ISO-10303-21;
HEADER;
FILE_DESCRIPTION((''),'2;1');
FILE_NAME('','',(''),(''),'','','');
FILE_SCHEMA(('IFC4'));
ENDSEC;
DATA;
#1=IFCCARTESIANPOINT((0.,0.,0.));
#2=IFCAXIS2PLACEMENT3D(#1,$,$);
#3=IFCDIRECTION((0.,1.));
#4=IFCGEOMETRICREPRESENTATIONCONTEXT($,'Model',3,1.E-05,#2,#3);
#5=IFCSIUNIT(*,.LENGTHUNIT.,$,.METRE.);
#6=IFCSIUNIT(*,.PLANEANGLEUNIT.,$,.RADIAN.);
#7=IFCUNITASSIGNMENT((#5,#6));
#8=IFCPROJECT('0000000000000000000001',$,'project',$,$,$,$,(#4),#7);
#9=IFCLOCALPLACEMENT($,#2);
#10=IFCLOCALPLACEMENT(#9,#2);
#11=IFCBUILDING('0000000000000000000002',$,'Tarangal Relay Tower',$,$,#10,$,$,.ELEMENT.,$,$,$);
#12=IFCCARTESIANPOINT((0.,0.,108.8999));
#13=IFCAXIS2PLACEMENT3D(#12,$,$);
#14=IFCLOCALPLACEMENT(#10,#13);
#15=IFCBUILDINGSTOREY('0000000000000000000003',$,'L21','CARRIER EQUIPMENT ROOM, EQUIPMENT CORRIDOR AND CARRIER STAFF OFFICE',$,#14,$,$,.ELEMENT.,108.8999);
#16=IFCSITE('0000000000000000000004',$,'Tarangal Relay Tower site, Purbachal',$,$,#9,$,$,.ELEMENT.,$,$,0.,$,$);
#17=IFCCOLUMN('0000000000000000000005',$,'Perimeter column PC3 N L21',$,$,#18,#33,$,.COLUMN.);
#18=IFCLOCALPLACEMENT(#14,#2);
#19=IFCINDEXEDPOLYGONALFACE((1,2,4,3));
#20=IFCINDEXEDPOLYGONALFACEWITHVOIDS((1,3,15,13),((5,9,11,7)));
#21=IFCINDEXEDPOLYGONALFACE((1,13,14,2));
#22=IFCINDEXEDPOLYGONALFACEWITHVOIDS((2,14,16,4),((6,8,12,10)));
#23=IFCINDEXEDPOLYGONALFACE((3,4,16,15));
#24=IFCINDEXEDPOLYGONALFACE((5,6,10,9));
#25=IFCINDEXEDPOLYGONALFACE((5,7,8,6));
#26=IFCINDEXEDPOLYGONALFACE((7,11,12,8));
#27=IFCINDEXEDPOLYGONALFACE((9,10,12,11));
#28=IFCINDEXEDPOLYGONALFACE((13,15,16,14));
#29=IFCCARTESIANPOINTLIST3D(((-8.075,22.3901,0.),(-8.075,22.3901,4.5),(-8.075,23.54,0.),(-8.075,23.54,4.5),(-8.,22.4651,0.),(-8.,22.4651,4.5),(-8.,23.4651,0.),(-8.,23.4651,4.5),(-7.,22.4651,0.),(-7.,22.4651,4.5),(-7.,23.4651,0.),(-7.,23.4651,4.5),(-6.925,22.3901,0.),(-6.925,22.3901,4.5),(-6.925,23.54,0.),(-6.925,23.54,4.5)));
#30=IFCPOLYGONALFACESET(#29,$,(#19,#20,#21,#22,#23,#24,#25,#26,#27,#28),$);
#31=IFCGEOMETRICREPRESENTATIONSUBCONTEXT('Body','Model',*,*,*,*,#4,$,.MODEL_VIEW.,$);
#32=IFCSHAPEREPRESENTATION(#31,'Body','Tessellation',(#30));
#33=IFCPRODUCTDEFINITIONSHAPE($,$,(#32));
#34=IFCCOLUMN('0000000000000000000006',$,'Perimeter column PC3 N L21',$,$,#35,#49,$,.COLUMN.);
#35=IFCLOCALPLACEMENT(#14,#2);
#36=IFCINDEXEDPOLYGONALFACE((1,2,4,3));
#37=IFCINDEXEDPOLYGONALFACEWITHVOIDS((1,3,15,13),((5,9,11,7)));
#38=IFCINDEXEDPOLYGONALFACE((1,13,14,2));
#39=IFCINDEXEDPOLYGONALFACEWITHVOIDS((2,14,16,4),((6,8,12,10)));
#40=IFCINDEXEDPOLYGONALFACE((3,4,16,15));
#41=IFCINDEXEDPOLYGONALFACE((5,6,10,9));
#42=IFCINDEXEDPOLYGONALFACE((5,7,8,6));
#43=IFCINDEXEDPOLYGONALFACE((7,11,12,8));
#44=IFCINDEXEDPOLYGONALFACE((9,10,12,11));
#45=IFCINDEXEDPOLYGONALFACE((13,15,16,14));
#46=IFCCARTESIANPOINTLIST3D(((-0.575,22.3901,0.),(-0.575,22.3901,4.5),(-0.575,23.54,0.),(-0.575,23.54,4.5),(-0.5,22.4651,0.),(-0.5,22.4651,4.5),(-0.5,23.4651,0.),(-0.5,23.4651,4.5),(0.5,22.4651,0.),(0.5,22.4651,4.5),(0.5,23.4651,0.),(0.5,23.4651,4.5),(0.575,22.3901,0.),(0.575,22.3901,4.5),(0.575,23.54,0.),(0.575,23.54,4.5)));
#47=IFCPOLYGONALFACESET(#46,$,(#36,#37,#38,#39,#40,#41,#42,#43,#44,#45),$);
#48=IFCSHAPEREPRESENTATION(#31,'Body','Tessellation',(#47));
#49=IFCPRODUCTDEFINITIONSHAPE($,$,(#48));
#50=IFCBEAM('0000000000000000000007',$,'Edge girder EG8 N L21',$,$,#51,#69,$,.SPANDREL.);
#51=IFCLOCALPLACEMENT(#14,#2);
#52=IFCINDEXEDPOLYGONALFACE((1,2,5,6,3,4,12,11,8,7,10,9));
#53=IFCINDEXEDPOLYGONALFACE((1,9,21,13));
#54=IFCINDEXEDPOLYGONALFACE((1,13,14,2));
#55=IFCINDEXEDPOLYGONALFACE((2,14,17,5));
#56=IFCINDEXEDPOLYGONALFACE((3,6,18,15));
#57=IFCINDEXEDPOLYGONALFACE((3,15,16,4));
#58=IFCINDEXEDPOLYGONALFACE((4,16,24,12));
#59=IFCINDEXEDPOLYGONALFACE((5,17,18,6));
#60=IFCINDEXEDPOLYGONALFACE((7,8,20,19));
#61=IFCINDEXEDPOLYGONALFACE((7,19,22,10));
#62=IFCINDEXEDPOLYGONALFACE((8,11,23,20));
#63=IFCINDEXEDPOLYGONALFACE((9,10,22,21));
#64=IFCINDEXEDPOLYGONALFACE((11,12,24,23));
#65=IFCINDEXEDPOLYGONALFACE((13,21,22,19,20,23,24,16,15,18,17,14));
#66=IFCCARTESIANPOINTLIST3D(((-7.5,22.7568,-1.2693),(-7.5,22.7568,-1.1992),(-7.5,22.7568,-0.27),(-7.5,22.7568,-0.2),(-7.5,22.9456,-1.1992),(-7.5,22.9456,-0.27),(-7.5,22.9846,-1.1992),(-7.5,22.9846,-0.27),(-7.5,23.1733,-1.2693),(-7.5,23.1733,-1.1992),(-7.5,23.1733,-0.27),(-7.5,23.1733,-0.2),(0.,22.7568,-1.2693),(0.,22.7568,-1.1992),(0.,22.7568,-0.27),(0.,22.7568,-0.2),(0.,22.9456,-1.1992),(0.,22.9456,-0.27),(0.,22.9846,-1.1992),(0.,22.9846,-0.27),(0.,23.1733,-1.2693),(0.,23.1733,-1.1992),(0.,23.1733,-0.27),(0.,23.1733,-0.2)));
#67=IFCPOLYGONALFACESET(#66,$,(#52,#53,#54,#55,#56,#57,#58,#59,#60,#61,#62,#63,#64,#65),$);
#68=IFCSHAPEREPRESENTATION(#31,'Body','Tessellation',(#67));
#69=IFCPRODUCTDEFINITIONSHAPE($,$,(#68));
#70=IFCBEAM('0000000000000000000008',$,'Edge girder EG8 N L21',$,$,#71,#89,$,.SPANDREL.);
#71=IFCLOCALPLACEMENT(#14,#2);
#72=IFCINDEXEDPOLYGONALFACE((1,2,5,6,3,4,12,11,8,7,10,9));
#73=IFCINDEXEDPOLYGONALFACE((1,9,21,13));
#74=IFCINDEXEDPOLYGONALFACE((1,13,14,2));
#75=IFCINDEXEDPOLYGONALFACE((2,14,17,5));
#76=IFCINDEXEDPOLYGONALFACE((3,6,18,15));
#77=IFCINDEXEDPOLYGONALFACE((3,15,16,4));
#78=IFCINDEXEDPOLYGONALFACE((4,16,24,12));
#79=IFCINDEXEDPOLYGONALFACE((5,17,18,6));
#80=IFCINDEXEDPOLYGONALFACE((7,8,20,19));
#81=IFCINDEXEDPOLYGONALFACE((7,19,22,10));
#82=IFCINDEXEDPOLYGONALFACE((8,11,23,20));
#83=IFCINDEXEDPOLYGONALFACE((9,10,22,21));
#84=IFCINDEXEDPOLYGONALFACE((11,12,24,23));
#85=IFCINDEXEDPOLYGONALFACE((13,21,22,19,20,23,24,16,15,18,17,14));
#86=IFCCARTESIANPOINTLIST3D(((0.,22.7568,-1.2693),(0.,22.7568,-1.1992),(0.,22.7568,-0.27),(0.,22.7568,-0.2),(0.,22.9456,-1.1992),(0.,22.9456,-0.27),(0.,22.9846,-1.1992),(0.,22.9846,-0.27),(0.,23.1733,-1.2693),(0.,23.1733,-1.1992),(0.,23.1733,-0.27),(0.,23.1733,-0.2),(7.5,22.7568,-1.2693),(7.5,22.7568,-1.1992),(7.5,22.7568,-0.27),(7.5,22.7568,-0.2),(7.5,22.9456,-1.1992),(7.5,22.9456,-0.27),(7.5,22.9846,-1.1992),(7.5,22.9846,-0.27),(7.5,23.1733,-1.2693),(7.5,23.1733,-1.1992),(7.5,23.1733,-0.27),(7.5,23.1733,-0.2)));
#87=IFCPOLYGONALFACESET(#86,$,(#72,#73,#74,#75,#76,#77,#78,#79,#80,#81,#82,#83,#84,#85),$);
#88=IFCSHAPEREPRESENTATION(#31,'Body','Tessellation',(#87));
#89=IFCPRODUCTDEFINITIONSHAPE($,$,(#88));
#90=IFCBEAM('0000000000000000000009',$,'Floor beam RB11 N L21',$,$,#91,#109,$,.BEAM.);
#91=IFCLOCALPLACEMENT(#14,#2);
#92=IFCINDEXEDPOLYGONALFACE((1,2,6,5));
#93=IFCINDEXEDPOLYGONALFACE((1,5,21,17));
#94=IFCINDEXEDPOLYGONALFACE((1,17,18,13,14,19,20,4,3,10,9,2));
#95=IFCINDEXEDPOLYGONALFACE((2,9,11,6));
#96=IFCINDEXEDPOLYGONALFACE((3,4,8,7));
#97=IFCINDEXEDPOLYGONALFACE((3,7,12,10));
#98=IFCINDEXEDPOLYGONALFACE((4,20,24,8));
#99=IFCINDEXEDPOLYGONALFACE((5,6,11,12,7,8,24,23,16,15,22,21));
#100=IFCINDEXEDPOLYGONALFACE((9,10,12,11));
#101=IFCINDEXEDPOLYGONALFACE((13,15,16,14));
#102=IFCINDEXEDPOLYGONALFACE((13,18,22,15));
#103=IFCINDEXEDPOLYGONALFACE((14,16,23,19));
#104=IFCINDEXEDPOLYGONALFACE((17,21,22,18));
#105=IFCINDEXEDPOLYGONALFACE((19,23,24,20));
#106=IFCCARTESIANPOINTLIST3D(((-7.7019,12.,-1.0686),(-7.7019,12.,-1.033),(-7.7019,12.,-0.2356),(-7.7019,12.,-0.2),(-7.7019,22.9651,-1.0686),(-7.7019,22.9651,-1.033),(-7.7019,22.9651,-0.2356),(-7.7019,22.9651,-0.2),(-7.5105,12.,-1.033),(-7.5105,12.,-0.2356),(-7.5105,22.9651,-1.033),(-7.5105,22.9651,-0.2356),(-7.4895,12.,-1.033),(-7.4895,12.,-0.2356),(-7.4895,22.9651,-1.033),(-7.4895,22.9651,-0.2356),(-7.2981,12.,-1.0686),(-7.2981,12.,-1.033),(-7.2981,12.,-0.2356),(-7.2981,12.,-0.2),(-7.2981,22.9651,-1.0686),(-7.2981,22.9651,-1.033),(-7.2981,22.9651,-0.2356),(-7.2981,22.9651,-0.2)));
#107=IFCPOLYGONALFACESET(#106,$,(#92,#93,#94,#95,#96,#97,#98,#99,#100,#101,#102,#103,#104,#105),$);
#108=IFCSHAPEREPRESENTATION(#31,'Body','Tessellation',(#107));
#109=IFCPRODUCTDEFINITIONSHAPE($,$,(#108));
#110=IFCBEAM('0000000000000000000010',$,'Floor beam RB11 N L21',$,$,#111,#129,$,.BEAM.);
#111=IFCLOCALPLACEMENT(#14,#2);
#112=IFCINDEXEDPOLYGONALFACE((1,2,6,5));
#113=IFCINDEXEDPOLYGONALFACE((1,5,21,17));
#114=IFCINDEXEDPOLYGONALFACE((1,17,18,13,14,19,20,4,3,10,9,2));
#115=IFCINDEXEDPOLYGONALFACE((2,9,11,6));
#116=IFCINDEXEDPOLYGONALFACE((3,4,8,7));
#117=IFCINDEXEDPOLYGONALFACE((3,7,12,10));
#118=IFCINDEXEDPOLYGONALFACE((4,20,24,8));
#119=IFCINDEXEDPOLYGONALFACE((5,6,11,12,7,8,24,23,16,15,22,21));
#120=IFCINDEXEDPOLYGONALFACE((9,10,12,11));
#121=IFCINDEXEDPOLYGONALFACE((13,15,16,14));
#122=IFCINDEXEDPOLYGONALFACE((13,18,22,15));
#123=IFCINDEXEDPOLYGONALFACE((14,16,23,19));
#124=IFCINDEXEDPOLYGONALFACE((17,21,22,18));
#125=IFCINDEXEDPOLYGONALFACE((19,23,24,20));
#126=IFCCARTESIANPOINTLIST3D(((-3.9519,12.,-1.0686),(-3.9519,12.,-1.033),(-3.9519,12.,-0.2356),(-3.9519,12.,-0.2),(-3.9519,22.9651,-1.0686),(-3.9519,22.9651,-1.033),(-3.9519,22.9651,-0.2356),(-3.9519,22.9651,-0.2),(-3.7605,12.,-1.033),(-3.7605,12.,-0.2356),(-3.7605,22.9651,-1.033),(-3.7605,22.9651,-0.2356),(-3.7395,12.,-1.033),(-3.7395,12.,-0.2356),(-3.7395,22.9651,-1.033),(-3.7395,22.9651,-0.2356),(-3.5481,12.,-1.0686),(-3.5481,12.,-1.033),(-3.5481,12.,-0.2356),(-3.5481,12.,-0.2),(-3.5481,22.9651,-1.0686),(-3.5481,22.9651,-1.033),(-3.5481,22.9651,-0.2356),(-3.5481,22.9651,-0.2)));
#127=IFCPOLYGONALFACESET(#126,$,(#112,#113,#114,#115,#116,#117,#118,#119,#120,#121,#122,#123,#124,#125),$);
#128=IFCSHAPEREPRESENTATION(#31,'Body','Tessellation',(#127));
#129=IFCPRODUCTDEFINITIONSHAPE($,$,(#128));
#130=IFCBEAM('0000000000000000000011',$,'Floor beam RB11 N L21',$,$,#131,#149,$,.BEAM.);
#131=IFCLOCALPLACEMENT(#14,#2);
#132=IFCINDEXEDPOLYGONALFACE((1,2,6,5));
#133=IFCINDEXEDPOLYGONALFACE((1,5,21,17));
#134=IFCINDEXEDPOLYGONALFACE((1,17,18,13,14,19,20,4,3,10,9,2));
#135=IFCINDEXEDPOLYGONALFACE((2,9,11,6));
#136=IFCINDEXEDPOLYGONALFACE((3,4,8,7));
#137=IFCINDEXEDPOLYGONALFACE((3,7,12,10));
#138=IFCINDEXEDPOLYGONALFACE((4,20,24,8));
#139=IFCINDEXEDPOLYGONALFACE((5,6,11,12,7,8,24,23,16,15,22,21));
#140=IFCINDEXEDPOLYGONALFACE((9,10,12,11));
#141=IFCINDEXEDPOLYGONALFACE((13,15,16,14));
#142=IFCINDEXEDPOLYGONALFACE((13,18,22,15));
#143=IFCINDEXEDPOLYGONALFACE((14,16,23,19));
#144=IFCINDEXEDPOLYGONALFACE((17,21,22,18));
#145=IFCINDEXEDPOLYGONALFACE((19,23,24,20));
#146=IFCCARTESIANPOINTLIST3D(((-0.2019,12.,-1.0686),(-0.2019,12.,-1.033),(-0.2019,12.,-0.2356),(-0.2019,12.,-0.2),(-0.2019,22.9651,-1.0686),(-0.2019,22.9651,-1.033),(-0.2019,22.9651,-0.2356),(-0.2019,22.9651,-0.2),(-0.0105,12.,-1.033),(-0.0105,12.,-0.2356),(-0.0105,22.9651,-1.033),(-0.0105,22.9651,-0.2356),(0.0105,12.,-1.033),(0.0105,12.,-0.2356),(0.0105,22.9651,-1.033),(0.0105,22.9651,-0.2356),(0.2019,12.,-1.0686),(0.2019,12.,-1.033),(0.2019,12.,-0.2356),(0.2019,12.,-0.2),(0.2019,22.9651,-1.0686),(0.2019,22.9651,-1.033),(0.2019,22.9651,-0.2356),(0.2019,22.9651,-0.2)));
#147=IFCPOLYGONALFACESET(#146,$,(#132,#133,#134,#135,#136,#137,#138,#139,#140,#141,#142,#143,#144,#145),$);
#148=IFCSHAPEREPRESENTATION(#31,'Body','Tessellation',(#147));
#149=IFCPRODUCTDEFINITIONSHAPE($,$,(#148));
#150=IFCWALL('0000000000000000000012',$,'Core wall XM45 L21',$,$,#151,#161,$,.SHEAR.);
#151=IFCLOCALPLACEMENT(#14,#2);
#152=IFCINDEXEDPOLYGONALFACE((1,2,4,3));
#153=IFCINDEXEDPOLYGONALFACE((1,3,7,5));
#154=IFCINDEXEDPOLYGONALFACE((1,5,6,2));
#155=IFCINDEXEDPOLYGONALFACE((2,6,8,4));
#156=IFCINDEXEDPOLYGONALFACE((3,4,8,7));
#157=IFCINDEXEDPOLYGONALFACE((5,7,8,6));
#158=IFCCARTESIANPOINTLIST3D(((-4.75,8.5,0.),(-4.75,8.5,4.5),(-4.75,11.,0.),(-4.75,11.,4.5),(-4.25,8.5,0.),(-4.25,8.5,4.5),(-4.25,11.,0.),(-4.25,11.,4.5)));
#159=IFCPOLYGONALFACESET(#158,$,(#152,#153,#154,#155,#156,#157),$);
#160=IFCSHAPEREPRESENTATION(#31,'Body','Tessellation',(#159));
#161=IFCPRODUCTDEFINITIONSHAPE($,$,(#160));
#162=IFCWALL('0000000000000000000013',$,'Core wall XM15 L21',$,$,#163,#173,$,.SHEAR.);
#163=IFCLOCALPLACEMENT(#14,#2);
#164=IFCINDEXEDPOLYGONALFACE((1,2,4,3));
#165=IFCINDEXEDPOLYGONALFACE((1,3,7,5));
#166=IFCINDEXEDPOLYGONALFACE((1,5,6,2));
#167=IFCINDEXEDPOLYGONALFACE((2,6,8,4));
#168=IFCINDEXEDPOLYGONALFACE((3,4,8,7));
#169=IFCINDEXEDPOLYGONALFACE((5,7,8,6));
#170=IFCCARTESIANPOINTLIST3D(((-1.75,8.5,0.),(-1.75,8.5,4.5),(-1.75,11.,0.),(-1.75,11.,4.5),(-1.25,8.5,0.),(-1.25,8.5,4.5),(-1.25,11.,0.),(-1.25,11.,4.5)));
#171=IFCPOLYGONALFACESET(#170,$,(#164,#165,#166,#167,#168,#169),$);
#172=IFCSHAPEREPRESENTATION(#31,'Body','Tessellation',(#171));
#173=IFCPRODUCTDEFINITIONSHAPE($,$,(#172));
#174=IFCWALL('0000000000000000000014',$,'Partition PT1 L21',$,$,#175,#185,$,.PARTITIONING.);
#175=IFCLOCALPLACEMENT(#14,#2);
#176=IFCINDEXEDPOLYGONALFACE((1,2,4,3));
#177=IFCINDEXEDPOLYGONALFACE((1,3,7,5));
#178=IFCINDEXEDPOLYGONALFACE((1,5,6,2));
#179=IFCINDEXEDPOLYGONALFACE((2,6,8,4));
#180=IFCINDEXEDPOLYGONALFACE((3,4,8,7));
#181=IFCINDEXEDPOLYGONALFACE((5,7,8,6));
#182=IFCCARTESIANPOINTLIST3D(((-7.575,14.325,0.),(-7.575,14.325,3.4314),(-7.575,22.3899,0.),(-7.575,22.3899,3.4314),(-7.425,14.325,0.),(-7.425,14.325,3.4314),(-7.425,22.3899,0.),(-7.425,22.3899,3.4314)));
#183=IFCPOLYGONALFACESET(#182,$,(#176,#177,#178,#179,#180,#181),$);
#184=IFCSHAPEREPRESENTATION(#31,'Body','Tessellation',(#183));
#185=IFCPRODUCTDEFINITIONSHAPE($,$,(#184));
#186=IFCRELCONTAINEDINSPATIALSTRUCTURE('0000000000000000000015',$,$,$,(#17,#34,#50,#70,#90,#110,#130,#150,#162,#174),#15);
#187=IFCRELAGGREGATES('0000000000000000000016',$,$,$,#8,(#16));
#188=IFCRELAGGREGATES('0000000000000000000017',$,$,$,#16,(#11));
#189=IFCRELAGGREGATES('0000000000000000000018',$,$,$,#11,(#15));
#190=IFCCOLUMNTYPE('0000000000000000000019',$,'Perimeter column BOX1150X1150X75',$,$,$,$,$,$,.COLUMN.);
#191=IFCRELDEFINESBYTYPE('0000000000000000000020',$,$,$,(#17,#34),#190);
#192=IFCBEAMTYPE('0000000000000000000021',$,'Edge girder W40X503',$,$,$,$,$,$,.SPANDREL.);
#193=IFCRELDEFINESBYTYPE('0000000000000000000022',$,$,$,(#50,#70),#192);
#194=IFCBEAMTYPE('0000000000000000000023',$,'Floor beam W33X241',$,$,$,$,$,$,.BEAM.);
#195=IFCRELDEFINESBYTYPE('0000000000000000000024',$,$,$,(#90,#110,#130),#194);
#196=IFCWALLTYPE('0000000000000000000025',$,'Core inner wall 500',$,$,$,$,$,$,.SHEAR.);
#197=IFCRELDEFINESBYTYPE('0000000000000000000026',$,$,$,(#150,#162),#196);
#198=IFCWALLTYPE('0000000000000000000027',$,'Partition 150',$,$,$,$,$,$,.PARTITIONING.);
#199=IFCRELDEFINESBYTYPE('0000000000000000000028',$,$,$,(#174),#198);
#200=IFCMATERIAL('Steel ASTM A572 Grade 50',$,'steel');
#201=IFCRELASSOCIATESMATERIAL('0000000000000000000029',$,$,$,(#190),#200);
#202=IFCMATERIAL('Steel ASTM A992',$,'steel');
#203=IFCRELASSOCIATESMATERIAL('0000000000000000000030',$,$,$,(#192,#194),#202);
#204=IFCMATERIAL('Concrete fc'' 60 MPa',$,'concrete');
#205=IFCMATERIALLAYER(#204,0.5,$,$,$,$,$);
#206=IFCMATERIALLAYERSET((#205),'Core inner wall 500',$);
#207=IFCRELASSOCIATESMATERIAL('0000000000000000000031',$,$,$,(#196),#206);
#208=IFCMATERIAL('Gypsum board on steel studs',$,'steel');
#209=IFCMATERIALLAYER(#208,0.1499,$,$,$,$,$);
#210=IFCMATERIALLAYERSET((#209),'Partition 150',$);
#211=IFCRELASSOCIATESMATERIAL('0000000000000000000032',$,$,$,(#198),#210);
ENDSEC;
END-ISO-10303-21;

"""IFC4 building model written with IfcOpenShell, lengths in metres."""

from ifc_helpers import new_model, si_unit, direction, frame, frame_2d, origin, origin_2d, place, context, subcontext, project, spatial, rectangle, hollow_rectangle, i_section, extrude, material, layer, layer_set, material_profile, profile_set, type_object, element, save


model = new_model("IFC4")

# Units and contexts
model_context = context("Model", 3, precision=1e-05, world=origin(), true_north=direction((0.0, 1.0)))
body_context = subcontext(model_context, "Body", "Model", "MODEL_VIEW")
ifc_project = project(units=[si_unit("LENGTHUNIT", "METRE"), si_unit("PLANEANGLEUNIT", "RADIAN")], contexts=[model_context])

# Site, building, storey
site_placement = place(None, origin())
site = spatial("IfcSite", under=ifc_project, at=site_placement, Name="Tarangal Relay Tower site, Purbachal", CompositionType="ELEMENT", RefElevation=0.0)
building_placement = place(site_placement, origin())
building = spatial("IfcBuilding", under=site, at=building_placement, Name="Tarangal Relay Tower", CompositionType="ELEMENT")
storey_placement = place(building_placement, frame((0.0, 0.0, 108.8999)))
storey = spatial("IfcBuildingStorey", under=building, at=storey_placement, Name="L21", Description="CARRIER EQUIPMENT ROOM, EQUIPMENT CORRIDOR AND CARRIER STAFF OFFICE", CompositionType="ELEMENT", Elevation=108.8999)

# Columns
ifc_material_1 = material(Name="Steel ASTM A572 Grade 50", Category="steel")
ifc_material_profile_1 = material_profile(ifc_material_1, hollow_rectangle(XDim=1.1499, YDim=1.1499, WallThickness=0.075, at=origin_2d()), Name="BOX1150X1150X75")
ifc_profile_set_1 = profile_set([ifc_material_profile_1], Name="Steel ASTM A572 Grade 50")
column_type = type_object("IfcColumnType", Name="Perimeter column BOX1150X1150X75", PredefinedType="COLUMN", material=ifc_profile_set_1)
for number, where, z_axis, x_axis, name in (
    (1, (-7.5, 22.9651, 0.0), (0.0, 0.0, 1.0), (1.0, 0.0, 0.0), "Perimeter column PC3 N L21"),
    (2, (0.0, 22.9651, 0.0), (0.0, 0.0, 1.0), (1.0, 0.0, 0.0), "Perimeter column PC3 N L21"),
):
    element("IfcColumn", number, at=place(storey_placement, frame(where, z_axis=z_axis, x_axis=x_axis)), inside=storey, type_object=column_type, Name=name, PredefinedType="COLUMN", context=body_context, shape_type="SweptSolid", body=[
        extrude(hollow_rectangle(XDim=1.1499, YDim=1.1499, WallThickness=0.075, at=origin_2d()), origin(), (0.0, 0.0, 1.0), 4.5),
    ])

# Beams
ifc_material_2 = material(Name="Steel ASTM A992", Category="steel")
ifc_material_profile_2 = material_profile(ifc_material_2, i_section(OverallWidth=0.4165, OverallDepth=1.0693, WebThickness=0.0391, FlangeThickness=0.0701, at=origin_2d()), Name="W40X503")
ifc_profile_set_2 = profile_set([ifc_material_profile_2], Name="Steel ASTM A992")
beam_type_1 = type_object("IfcBeamType", Name="Edge girder W40X503", PredefinedType="SPANDREL", material=ifc_profile_set_2)
for number, where, z_axis, x_axis, name in (
    (3, (-7.5, 22.9651, -0.7346), (1.0, 0.0, 0.0), (0.0, 1.0, 0.0), "Edge girder EG8 N L21"),
    (4, (0.0, 22.9651, -0.7346), (1.0, 0.0, 0.0), (0.0, 1.0, 0.0), "Edge girder EG8 N L21"),
):
    element("IfcBeam", number, at=place(storey_placement, frame(where, z_axis=z_axis, x_axis=x_axis)), inside=storey, type_object=beam_type_1, Name=name, PredefinedType="SPANDREL", context=body_context, shape_type="SweptSolid", body=[
        extrude(i_section(OverallWidth=0.4165, OverallDepth=1.0693, WebThickness=0.0391, FlangeThickness=0.0701, at=origin_2d()), origin(), (0.0, 0.0, 1.0), 7.5),
    ])
ifc_material_profile_3 = material_profile(ifc_material_2, i_section(OverallWidth=0.4038, OverallDepth=0.8687, WebThickness=0.021, FlangeThickness=0.0356, at=origin_2d()), Name="W33X241")
ifc_profile_set_3 = profile_set([ifc_material_profile_3], Name="Steel ASTM A992")
beam_type_2 = type_object("IfcBeamType", Name="Floor beam W33X241", PredefinedType="BEAM", material=ifc_profile_set_3)
for number, where, z_axis, x_axis, name in (
    (5, (-7.5, 12.0, -0.6343), (0.0, 1.0, 0.0), (-1.0, 0.0, 0.0), "Floor beam RB11 N L21"),
    (6, (-3.75, 12.0, -0.6343), (0.0, 1.0, 0.0), (-1.0, 0.0, 0.0), "Floor beam RB11 N L21"),
    (7, (0.0, 12.0, -0.6343), (0.0, 1.0, 0.0), (-1.0, 0.0, 0.0), "Floor beam RB11 N L21"),
):
    element("IfcBeam", number, at=place(storey_placement, frame(where, z_axis=z_axis, x_axis=x_axis)), inside=storey, type_object=beam_type_2, Name=name, PredefinedType="BEAM", context=body_context, shape_type="SweptSolid", body=[
        extrude(i_section(OverallWidth=0.4038, OverallDepth=0.8687, WebThickness=0.021, FlangeThickness=0.0356, at=origin_2d()), origin(), (0.0, 0.0, 1.0), 10.9651),
    ])

# Walls
ifc_material_3 = material(Name="Concrete fc' 60 MPa", Category="concrete")
ifc_layer_1 = layer(ifc_material_3, 0.5)
ifc_layer_set_1 = layer_set([ifc_layer_1], Name="Core inner wall 500")
wall_type_1 = type_object("IfcWallType", Name="Core inner wall 500", PredefinedType="SHEAR", material=ifc_layer_set_1)
for number, where, z_axis, x_axis, name in (
    (8, (-4.5, 8.5, 0.0), (0.0, 0.0, 1.0), (0.0, 1.0, 0.0), "Core wall XM45 L21"),
    (9, (-1.5, 8.5, 0.0), (0.0, 0.0, 1.0), (0.0, 1.0, 0.0), "Core wall XM15 L21"),
):
    element("IfcWall", number, at=place(storey_placement, frame(where, z_axis=z_axis, x_axis=x_axis)), inside=storey, type_object=wall_type_1, Name=name, PredefinedType="SHEAR", context=body_context, shape_type="SweptSolid", body=[
        extrude(rectangle(XDim=2.5, YDim=0.5, at=frame_2d((1.25, 0.0))), origin(), (0.0, 0.0, 1.0), 4.5),
    ])
ifc_material_4 = material(Name="Gypsum board on steel studs", Category="steel")
ifc_layer_2 = layer(ifc_material_4, 0.1499)
ifc_layer_set_2 = layer_set([ifc_layer_2], Name="Partition 150")
wall_type_2 = type_object("IfcWallType", Name="Partition 150", PredefinedType="PARTITIONING", material=ifc_layer_set_2)
wall_placement = place(storey_placement, frame((-7.5, 14.325, 0.0), z_axis=(0.0, 0.0, 1.0), x_axis=(0.0, 1.0, 0.0)))
element("IfcWall", 10, at=wall_placement, inside=storey, type_object=wall_type_2, Name="Partition PT1 L21", PredefinedType="PARTITIONING", context=body_context, shape_type="SweptSolid", body=[
    extrude(rectangle(XDim=8.0649, YDim=0.1499, at=frame_2d((4.0325, 0.0))), origin(), (0.0, 0.0, 1.0), 3.4314),
])

save(model, "model.ifc")
